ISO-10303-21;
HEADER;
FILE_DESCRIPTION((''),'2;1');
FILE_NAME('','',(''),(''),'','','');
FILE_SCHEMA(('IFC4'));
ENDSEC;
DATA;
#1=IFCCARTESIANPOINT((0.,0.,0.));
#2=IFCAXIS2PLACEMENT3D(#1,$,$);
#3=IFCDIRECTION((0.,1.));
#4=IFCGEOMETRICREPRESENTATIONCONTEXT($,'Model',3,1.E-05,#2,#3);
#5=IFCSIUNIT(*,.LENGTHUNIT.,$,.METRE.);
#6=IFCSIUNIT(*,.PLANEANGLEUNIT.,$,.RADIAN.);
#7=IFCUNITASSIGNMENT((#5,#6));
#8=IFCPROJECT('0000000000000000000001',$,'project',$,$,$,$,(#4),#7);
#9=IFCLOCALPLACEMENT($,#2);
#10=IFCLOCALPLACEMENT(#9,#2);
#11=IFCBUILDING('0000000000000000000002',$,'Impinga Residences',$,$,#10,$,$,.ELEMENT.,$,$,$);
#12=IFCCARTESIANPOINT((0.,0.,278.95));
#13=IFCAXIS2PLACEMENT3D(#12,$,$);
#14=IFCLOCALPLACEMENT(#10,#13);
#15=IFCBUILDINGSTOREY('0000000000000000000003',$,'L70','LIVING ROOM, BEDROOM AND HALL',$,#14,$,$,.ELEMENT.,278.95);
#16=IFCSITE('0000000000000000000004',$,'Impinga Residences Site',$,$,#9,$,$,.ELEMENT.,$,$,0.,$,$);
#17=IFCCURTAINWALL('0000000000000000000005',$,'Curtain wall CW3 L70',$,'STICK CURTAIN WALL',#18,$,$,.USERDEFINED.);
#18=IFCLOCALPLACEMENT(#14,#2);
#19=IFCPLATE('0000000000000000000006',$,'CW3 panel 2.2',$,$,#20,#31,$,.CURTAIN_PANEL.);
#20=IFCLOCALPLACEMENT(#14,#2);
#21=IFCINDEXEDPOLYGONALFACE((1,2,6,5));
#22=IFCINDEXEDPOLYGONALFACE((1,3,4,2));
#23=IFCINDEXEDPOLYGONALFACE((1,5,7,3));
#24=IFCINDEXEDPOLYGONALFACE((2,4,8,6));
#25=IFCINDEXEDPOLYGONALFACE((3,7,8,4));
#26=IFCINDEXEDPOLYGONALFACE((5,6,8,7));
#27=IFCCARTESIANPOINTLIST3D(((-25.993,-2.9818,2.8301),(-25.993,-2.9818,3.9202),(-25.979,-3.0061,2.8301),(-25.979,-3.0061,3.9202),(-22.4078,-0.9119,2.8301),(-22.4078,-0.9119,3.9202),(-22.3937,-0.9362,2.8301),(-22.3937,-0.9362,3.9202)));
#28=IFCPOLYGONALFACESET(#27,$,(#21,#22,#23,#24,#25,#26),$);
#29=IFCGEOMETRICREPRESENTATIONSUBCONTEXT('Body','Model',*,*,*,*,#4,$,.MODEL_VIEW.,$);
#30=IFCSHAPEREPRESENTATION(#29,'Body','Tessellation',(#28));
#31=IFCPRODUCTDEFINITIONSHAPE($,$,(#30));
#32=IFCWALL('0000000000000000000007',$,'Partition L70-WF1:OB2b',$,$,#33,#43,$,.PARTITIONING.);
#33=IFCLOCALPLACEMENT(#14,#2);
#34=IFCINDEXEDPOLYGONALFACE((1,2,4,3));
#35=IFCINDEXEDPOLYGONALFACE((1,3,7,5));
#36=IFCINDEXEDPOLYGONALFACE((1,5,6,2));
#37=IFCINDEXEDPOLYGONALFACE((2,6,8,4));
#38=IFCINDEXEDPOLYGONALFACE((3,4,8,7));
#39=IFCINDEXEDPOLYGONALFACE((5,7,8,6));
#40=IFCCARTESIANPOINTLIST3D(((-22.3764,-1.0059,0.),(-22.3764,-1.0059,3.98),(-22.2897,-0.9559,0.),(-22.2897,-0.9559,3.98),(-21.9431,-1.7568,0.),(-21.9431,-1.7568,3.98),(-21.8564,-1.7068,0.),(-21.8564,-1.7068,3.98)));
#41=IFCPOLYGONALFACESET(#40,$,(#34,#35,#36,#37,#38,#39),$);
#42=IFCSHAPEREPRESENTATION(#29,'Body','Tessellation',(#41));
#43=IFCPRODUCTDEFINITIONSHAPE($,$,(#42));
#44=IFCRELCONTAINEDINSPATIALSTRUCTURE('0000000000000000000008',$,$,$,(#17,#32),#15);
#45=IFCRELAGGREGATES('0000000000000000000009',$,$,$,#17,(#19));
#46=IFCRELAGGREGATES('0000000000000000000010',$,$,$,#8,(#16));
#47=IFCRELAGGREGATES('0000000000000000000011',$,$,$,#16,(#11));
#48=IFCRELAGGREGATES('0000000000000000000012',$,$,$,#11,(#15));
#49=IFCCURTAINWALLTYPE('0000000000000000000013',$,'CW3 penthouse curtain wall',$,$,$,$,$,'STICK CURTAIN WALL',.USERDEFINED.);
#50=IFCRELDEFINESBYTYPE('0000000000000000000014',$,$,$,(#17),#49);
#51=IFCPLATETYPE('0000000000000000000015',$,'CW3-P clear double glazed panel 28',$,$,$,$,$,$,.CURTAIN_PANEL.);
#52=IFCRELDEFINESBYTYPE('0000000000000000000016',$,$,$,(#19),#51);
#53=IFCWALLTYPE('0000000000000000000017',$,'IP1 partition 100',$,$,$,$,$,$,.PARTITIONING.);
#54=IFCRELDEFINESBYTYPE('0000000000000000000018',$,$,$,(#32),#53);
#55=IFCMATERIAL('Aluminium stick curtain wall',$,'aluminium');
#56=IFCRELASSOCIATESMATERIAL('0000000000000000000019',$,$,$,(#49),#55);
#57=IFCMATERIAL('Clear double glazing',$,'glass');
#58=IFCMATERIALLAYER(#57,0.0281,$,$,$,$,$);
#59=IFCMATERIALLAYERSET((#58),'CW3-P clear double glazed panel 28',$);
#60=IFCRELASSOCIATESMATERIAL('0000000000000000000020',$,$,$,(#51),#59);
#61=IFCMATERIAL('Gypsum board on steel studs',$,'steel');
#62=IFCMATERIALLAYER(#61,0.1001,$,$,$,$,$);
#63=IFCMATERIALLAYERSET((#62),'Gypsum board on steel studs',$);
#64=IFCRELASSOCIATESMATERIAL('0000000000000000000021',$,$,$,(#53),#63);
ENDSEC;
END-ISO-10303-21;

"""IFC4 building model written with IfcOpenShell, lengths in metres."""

from ifc_helpers import new_model, si_unit, direction, frame, frame_2d, origin, origin_2d, place, context, subcontext, project, spatial, rectangle, extrude, material, layer, layer_set, type_object, element, aggregate, save


model = new_model("IFC4")

# Units and contexts
model_context = context("Model", 3, precision=1e-05, world=origin(), true_north=direction((0.0, 1.0)))
body_context = subcontext(model_context, "Body", "Model", "MODEL_VIEW")
ifc_project = project(units=[si_unit("LENGTHUNIT", "METRE"), si_unit("PLANEANGLEUNIT", "RADIAN")], contexts=[model_context])

# Site, building, storey
site_placement = place(None, origin())
site = spatial("IfcSite", under=ifc_project, at=site_placement, Name="Impinga Residences Site", CompositionType="ELEMENT", RefElevation=0.0)
building_placement = place(site_placement, origin())
building = spatial("IfcBuilding", under=site, at=building_placement, Name="Impinga Residences", CompositionType="ELEMENT")
storey_placement = place(building_placement, frame((0.0, 0.0, 278.95)))
storey = spatial("IfcBuildingStorey", under=building, at=storey_placement, Name="L70", Description="LIVING ROOM, BEDROOM AND HALL", CompositionType="ELEMENT", Elevation=278.95)

# Curtain wall
ifc_material_1 = material(Name="Aluminium stick curtain wall", Category="aluminium")
curtain_wall_type = type_object("IfcCurtainWallType", Name="CW3 penthouse curtain wall", ElementType="STICK CURTAIN WALL", PredefinedType="USERDEFINED", material=ifc_material_1)
curtain_wall_placement = place(storey_placement, origin())
curtain_wall = element("IfcCurtainWall", 1, at=curtain_wall_placement, inside=storey, type_object=curtain_wall_type, Name="Curtain wall CW3 L70", ObjectType="STICK CURTAIN WALL", PredefinedType="USERDEFINED")

# Plate
ifc_material_2 = material(Name="Clear double glazing", Category="glass")
ifc_layer_1 = layer(ifc_material_2, 0.0281)
ifc_layer_set_1 = layer_set([ifc_layer_1], Name="CW3-P clear double glazed panel 28")
plate_type = type_object("IfcPlateType", Name="CW3-P clear double glazed panel 28", PredefinedType="CURTAIN_PANEL", material=ifc_layer_set_1)
plate_1_placement = place(storey_placement, frame((-24.1934, -1.959, 2.8301), z_axis=(0.0, 0.0, 1.0), x_axis=(0.866025, 0.5, 0.0)))
plate_1 = element("IfcPlate", 2, at=plate_1_placement, type_object=plate_type, Name="CW3 panel 2.2", PredefinedType="CURTAIN_PANEL", context=body_context, shape_type="SweptSolid", body=[
    extrude(rectangle(XDim=4.1399, YDim=0.0281, at=origin_2d()), origin(), (0.0, 0.0, 1.0), 1.0901),
])
aggregate(curtain_wall, [plate_1])

# Wall
ifc_material_3 = material(Name="Gypsum board on steel studs", Category="steel")
ifc_layer_2 = layer(ifc_material_3, 0.1001)
ifc_layer_set_2 = layer_set([ifc_layer_2], Name="Gypsum board on steel studs")
wall_type = type_object("IfcWallType", Name="IP1 partition 100", PredefinedType="PARTITIONING", material=ifc_layer_set_2)
wall_placement = place(storey_placement, frame((-21.8997, -1.7319, 0.0), z_axis=(0.0, 0.0, 1.0), x_axis=(-0.499804, 0.866139, 0.0)))
element("IfcWall", 3, at=wall_placement, inside=storey, type_object=wall_type, Name="Partition L70-WF1:OB2b", PredefinedType="PARTITIONING", context=body_context, shape_type="SweptSolid", body=[
    extrude(rectangle(XDim=0.8669, YDim=0.1001, at=frame_2d((0.4336, 0.0))), origin(), (0.0, 0.0, 1.0), 3.98),
])

save(model, "model.ifc")
